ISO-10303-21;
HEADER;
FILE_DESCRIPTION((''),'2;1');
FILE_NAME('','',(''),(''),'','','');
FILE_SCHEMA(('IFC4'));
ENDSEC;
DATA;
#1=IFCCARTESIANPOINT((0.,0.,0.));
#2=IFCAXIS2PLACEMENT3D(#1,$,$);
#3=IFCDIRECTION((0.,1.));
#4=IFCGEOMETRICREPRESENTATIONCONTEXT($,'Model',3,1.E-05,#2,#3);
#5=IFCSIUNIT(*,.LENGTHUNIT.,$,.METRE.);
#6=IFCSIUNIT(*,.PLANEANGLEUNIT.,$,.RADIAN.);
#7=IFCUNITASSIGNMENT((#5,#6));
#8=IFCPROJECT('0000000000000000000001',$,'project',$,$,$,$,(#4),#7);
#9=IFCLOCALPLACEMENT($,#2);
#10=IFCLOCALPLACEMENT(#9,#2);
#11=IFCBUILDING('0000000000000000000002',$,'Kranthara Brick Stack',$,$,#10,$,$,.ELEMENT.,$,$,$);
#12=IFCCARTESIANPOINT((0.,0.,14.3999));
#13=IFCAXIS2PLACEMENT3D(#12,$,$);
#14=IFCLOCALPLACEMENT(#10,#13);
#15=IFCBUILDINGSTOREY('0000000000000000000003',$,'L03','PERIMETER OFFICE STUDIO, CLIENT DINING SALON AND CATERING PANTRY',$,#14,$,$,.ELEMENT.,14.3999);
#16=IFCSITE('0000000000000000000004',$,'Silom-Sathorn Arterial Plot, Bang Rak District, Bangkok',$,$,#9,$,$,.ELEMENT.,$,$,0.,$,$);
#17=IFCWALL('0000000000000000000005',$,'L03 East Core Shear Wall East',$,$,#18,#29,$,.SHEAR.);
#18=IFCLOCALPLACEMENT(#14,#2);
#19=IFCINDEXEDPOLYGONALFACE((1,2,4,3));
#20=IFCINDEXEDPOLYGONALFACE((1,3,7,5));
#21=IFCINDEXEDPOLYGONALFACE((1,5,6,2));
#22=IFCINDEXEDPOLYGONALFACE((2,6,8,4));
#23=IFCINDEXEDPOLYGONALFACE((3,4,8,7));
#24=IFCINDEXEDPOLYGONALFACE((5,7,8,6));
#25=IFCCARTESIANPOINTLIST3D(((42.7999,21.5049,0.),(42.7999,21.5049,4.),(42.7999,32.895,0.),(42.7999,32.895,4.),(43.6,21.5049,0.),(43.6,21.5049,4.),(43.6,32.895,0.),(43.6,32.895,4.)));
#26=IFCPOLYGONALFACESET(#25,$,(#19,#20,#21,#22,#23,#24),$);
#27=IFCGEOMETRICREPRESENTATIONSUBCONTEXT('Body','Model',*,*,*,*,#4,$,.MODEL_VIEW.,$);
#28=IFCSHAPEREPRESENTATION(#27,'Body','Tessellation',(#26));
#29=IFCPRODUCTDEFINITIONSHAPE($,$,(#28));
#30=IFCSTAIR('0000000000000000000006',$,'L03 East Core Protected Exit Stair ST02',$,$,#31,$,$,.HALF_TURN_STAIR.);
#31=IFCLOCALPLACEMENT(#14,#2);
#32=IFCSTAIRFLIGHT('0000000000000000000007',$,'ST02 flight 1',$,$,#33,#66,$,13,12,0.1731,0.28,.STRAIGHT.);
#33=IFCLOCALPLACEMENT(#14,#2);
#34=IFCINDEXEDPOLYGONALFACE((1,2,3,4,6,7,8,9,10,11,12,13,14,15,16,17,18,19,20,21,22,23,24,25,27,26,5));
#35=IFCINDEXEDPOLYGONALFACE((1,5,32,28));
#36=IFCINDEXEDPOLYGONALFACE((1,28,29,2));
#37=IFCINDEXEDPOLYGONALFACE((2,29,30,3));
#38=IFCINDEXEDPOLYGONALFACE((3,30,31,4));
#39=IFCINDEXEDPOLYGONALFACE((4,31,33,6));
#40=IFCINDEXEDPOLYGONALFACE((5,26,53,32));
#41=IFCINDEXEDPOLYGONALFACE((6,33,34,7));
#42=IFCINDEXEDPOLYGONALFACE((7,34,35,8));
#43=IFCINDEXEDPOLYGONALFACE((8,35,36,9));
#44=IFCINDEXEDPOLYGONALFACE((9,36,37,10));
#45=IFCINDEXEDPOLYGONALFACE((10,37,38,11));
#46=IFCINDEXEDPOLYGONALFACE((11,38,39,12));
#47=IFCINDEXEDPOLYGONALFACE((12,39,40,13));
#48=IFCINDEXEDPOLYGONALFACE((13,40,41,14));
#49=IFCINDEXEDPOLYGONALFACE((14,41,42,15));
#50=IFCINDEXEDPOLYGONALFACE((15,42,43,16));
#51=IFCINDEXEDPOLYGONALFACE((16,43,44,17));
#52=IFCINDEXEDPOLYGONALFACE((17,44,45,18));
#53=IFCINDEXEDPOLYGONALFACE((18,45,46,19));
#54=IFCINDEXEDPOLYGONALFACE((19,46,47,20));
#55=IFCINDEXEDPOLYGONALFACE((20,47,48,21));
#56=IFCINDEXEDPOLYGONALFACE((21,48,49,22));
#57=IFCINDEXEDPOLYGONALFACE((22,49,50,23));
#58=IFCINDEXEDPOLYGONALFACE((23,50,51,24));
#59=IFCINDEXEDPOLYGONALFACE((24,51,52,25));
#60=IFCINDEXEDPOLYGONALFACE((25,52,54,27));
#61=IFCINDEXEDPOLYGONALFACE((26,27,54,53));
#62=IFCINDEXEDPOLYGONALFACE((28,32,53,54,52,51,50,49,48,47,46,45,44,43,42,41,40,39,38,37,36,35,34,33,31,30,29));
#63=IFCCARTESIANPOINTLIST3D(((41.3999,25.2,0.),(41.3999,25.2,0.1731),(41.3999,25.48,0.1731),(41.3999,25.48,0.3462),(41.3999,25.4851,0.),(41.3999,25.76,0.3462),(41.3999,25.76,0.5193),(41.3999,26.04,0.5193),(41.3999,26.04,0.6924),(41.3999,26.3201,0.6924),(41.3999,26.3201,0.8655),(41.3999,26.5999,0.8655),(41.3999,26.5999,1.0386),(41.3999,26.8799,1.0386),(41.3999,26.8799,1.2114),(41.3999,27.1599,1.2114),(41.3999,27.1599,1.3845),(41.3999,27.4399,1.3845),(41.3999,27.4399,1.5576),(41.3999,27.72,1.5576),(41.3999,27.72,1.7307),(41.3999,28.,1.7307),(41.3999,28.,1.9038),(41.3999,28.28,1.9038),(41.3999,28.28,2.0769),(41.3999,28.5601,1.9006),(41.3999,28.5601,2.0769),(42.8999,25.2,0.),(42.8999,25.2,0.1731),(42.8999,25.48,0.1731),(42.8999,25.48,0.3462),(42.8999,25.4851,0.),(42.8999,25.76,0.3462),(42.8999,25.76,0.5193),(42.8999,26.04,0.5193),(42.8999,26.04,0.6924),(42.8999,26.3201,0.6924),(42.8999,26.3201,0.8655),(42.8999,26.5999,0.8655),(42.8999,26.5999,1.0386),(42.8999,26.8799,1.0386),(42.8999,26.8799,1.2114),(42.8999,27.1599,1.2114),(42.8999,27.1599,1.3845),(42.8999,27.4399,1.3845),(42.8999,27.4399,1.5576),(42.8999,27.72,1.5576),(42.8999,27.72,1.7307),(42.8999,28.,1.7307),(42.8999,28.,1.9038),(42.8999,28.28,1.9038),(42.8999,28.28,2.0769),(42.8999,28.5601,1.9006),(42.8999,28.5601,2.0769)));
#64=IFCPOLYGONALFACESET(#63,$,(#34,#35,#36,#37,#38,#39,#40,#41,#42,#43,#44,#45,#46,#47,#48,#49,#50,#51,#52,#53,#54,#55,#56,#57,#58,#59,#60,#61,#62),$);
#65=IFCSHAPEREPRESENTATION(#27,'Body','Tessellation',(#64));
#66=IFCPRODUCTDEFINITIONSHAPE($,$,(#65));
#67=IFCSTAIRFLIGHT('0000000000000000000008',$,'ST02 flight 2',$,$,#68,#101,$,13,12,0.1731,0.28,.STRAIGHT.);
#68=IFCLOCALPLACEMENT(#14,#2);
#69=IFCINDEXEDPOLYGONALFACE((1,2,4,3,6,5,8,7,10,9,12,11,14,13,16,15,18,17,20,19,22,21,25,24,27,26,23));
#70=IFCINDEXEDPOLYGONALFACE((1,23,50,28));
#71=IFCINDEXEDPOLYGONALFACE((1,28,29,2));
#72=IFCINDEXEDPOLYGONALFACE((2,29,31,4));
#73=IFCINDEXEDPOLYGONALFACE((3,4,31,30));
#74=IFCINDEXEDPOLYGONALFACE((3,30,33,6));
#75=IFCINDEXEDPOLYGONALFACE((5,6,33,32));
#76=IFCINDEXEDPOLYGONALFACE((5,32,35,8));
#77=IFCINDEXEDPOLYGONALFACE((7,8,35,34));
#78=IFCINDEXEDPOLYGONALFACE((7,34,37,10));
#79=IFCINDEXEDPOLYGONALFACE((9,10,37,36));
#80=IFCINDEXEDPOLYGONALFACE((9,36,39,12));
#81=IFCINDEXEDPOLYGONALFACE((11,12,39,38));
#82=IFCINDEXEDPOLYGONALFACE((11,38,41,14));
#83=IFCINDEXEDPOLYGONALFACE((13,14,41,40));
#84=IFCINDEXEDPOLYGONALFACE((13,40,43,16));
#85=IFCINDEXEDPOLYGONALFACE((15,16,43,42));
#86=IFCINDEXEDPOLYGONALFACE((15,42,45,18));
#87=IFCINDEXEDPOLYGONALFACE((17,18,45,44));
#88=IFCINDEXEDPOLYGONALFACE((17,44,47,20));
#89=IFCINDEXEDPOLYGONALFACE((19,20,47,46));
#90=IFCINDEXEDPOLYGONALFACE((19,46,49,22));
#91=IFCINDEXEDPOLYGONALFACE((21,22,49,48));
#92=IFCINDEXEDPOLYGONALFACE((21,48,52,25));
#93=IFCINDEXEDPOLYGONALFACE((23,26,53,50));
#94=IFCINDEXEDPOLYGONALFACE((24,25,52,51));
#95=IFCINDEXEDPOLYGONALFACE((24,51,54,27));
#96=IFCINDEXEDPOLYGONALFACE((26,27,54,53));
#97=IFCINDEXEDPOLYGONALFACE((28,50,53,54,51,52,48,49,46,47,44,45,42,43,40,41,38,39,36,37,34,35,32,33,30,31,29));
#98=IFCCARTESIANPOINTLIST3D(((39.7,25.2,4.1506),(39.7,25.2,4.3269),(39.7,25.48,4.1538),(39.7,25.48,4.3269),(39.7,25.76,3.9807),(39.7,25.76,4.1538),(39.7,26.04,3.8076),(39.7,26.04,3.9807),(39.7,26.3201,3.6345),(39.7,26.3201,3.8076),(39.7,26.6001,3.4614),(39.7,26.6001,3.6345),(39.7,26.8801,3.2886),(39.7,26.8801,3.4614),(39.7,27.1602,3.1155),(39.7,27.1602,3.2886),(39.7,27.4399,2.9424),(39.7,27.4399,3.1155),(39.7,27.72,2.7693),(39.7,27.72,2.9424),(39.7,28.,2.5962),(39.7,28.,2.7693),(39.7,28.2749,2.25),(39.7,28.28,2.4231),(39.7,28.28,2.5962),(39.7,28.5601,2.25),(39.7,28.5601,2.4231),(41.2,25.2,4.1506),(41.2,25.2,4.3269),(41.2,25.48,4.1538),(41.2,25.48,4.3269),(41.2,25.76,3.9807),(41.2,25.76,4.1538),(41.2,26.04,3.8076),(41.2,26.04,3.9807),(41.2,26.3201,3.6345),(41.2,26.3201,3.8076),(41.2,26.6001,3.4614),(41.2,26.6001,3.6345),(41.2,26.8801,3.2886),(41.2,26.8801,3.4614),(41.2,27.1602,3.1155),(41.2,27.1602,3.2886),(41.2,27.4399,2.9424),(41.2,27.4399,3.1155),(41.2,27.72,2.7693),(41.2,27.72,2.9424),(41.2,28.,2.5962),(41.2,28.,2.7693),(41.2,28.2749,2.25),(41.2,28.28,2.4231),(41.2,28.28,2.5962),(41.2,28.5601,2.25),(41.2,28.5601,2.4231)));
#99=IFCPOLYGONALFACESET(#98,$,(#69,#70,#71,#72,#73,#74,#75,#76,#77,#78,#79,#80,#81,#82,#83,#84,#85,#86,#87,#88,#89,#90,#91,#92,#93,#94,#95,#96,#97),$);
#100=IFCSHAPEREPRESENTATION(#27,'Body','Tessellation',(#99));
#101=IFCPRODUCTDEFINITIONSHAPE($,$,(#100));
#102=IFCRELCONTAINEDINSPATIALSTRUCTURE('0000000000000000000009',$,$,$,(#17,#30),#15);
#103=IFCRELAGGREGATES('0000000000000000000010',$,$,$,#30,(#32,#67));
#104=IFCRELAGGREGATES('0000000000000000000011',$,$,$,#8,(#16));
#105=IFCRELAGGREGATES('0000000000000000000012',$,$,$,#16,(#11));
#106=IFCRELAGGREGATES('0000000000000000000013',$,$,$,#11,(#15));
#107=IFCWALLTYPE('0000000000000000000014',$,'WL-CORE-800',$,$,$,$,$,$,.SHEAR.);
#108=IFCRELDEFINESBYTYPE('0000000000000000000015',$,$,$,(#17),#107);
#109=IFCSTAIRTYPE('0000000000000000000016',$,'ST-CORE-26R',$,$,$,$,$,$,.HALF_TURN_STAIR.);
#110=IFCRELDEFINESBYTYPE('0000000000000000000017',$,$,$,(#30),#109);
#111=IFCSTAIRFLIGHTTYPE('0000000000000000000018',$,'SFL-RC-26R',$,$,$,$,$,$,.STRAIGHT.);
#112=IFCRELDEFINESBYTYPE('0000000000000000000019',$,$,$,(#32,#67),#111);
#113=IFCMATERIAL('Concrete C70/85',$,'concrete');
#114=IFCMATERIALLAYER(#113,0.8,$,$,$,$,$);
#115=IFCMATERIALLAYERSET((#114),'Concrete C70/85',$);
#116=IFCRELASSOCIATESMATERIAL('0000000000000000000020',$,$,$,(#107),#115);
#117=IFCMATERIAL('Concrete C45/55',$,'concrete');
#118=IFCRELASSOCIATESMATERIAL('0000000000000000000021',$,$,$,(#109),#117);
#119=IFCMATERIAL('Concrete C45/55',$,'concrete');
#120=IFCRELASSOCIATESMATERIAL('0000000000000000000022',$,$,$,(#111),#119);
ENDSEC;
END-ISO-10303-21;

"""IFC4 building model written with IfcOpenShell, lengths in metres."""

from ifc_helpers import new_model, si_unit, direction, frame, frame_2d, origin, place, context, subcontext, project, spatial, polyline, rectangle, outline, extrude, material, layer, layer_set, type_object, element, aggregate, save


model = new_model("IFC4")

# Units and contexts
model_context = context("Model", 3, precision=1e-05, world=origin(), true_north=direction((0.0, 1.0)))
body_context = subcontext(model_context, "Body", "Model", "MODEL_VIEW")
ifc_project = project(units=[si_unit("LENGTHUNIT", "METRE"), si_unit("PLANEANGLEUNIT", "RADIAN")], contexts=[model_context])

# Site, building, storey
site_placement = place(None, origin())
site = spatial("IfcSite", under=ifc_project, at=site_placement, Name="Silom-Sathorn Arterial Plot, Bang Rak District, Bangkok", CompositionType="ELEMENT", RefElevation=0.0)
building_placement = place(site_placement, origin())
building = spatial("IfcBuilding", under=site, at=building_placement, Name="Kranthara Brick Stack", CompositionType="ELEMENT")
storey_placement = place(building_placement, frame((0.0, 0.0, 14.3999)))
storey = spatial("IfcBuildingStorey", under=building, at=storey_placement, Name="L03", Description="PERIMETER OFFICE STUDIO, CLIENT DINING SALON AND CATERING PANTRY", CompositionType="ELEMENT", Elevation=14.3999)

# Wall
ifc_material_1 = material(Name="Concrete C70/85", Category="concrete")
ifc_layer = layer(ifc_material_1, 0.8)
ifc_layer_set = layer_set([ifc_layer], Name="Concrete C70/85")
wall_type = type_object("IfcWallType", Name="WL-CORE-800", PredefinedType="SHEAR", material=ifc_layer_set)
wall_placement = place(storey_placement, frame((43.2, 21.5049, 0.0), z_axis=(0.0, 0.0, 1.0), x_axis=(0.0, 1.0, 0.0)))
element("IfcWall", 1, at=wall_placement, inside=storey, type_object=wall_type, Name="L03 East Core Shear Wall East", PredefinedType="SHEAR", context=body_context, shape_type="SweptSolid", body=[
    extrude(rectangle(XDim=11.3901, YDim=0.8, at=frame_2d((5.6951, 0.0))), origin(), (0.0, 0.0, 1.0), 4.0),
])

# Stair, stair flights
ifc_material_2 = material(Name="Concrete C45/55", Category="concrete")
stair_type = type_object("IfcStairType", Name="ST-CORE-26R", PredefinedType="HALF_TURN_STAIR", material=ifc_material_2)
stair_placement = place(storey_placement, origin())
stair = element("IfcStair", 2, at=stair_placement, inside=storey, type_object=stair_type, Name="L03 East Core Protected Exit Stair ST02", PredefinedType="HALF_TURN_STAIR")
ifc_material_3 = material(Name="Concrete C45/55", Category="concrete")
stair_flight_type = type_object("IfcStairFlightType", Name="SFL-RC-26R", PredefinedType="STRAIGHT", material=ifc_material_3)
stair_flight_1_placement = place(storey_placement, frame((42.1499, 25.2, 0.0), z_axis=(0.0, 0.0, 1.0), x_axis=(0.0, 1.0, 0.0)))
stair_flight_1 = element("IfcStairFlight", 3, at=stair_flight_1_placement, type_object=stair_flight_type, Name="ST02 flight 1", NumberOfRisers=13, NumberOfTreads=12, PredefinedType="STRAIGHT", RiserHeight=0.1731, TreadLength=0.28, context=body_context, shape_type="SweptSolid", body=[
    extrude(outline(polyline([(0.0, 0.0), (0.0, 0.1731), (0.28, 0.1731), (0.28, 0.3462), (0.5601, 0.3462), (0.5601, 0.5193), (0.8401, 0.5193), (0.8401, 0.6924), (1.1201, 0.6924), (1.1201, 0.8655), (1.3999, 0.8655), (1.3999, 1.0386), (1.6799, 1.0386), (1.6799, 1.2114), (1.96, 1.2114), (1.96, 1.3845), (2.24, 1.3845), (2.24, 1.5576), (2.52, 1.5576), (2.52, 1.7307), (2.8, 1.7307), (2.8, 1.9038), (3.0801, 1.9038), (3.0801, 2.0769), (3.3601, 2.0769), (3.3601, 2.25), (3.3601, 1.9006), (0.2852, 0.0), (0.0, 0.0)])), frame((0.0, 0.75, 0.0), z_axis=(0.0, -1.0, 0.0), x_axis=(1.0, 0.0, 0.0)), (0.0, 0.0, 1.0), 1.5),
])
stair_flight_2_placement = place(storey_placement, frame((40.45, 28.5601, 2.25), z_axis=(0.0, 0.0, 1.0), x_axis=(0.0, -1.0, 0.0)))
stair_flight_2 = element("IfcStairFlight", 4, at=stair_flight_2_placement, type_object=stair_flight_type, Name="ST02 flight 2", NumberOfRisers=13, NumberOfTreads=12, PredefinedType="STRAIGHT", RiserHeight=0.1731, TreadLength=0.28, context=body_context, shape_type="SweptSolid", body=[
    extrude(outline(polyline([(0.0, 0.0), (0.0, 0.1731), (0.28, 0.1731), (0.28, 0.3462), (0.5601, 0.3462), (0.5601, 0.5193), (0.8401, 0.5193), (0.8401, 0.6924), (1.1201, 0.6924), (1.1201, 0.8655), (1.3999, 0.8655), (1.3999, 1.0386), (1.6799, 1.0386), (1.6799, 1.2114), (1.96, 1.2114), (1.96, 1.3845), (2.24, 1.3845), (2.24, 1.5576), (2.52, 1.5576), (2.52, 1.7307), (2.8, 1.7307), (2.8, 1.9038), (3.0801, 1.9038), (3.0801, 2.0769), (3.3601, 2.0769), (3.3601, 2.25), (3.3601, 1.9006), (0.2852, 0.0), (0.0, 0.0)])), frame((0.0, 0.75, 0.0), z_axis=(0.0, -1.0, 0.0), x_axis=(1.0, 0.0, 0.0)), (0.0, 0.0, 1.0), 1.5),
])
aggregate(stair, [stair_flight_1, stair_flight_2])

save(model, "model.ifc")
